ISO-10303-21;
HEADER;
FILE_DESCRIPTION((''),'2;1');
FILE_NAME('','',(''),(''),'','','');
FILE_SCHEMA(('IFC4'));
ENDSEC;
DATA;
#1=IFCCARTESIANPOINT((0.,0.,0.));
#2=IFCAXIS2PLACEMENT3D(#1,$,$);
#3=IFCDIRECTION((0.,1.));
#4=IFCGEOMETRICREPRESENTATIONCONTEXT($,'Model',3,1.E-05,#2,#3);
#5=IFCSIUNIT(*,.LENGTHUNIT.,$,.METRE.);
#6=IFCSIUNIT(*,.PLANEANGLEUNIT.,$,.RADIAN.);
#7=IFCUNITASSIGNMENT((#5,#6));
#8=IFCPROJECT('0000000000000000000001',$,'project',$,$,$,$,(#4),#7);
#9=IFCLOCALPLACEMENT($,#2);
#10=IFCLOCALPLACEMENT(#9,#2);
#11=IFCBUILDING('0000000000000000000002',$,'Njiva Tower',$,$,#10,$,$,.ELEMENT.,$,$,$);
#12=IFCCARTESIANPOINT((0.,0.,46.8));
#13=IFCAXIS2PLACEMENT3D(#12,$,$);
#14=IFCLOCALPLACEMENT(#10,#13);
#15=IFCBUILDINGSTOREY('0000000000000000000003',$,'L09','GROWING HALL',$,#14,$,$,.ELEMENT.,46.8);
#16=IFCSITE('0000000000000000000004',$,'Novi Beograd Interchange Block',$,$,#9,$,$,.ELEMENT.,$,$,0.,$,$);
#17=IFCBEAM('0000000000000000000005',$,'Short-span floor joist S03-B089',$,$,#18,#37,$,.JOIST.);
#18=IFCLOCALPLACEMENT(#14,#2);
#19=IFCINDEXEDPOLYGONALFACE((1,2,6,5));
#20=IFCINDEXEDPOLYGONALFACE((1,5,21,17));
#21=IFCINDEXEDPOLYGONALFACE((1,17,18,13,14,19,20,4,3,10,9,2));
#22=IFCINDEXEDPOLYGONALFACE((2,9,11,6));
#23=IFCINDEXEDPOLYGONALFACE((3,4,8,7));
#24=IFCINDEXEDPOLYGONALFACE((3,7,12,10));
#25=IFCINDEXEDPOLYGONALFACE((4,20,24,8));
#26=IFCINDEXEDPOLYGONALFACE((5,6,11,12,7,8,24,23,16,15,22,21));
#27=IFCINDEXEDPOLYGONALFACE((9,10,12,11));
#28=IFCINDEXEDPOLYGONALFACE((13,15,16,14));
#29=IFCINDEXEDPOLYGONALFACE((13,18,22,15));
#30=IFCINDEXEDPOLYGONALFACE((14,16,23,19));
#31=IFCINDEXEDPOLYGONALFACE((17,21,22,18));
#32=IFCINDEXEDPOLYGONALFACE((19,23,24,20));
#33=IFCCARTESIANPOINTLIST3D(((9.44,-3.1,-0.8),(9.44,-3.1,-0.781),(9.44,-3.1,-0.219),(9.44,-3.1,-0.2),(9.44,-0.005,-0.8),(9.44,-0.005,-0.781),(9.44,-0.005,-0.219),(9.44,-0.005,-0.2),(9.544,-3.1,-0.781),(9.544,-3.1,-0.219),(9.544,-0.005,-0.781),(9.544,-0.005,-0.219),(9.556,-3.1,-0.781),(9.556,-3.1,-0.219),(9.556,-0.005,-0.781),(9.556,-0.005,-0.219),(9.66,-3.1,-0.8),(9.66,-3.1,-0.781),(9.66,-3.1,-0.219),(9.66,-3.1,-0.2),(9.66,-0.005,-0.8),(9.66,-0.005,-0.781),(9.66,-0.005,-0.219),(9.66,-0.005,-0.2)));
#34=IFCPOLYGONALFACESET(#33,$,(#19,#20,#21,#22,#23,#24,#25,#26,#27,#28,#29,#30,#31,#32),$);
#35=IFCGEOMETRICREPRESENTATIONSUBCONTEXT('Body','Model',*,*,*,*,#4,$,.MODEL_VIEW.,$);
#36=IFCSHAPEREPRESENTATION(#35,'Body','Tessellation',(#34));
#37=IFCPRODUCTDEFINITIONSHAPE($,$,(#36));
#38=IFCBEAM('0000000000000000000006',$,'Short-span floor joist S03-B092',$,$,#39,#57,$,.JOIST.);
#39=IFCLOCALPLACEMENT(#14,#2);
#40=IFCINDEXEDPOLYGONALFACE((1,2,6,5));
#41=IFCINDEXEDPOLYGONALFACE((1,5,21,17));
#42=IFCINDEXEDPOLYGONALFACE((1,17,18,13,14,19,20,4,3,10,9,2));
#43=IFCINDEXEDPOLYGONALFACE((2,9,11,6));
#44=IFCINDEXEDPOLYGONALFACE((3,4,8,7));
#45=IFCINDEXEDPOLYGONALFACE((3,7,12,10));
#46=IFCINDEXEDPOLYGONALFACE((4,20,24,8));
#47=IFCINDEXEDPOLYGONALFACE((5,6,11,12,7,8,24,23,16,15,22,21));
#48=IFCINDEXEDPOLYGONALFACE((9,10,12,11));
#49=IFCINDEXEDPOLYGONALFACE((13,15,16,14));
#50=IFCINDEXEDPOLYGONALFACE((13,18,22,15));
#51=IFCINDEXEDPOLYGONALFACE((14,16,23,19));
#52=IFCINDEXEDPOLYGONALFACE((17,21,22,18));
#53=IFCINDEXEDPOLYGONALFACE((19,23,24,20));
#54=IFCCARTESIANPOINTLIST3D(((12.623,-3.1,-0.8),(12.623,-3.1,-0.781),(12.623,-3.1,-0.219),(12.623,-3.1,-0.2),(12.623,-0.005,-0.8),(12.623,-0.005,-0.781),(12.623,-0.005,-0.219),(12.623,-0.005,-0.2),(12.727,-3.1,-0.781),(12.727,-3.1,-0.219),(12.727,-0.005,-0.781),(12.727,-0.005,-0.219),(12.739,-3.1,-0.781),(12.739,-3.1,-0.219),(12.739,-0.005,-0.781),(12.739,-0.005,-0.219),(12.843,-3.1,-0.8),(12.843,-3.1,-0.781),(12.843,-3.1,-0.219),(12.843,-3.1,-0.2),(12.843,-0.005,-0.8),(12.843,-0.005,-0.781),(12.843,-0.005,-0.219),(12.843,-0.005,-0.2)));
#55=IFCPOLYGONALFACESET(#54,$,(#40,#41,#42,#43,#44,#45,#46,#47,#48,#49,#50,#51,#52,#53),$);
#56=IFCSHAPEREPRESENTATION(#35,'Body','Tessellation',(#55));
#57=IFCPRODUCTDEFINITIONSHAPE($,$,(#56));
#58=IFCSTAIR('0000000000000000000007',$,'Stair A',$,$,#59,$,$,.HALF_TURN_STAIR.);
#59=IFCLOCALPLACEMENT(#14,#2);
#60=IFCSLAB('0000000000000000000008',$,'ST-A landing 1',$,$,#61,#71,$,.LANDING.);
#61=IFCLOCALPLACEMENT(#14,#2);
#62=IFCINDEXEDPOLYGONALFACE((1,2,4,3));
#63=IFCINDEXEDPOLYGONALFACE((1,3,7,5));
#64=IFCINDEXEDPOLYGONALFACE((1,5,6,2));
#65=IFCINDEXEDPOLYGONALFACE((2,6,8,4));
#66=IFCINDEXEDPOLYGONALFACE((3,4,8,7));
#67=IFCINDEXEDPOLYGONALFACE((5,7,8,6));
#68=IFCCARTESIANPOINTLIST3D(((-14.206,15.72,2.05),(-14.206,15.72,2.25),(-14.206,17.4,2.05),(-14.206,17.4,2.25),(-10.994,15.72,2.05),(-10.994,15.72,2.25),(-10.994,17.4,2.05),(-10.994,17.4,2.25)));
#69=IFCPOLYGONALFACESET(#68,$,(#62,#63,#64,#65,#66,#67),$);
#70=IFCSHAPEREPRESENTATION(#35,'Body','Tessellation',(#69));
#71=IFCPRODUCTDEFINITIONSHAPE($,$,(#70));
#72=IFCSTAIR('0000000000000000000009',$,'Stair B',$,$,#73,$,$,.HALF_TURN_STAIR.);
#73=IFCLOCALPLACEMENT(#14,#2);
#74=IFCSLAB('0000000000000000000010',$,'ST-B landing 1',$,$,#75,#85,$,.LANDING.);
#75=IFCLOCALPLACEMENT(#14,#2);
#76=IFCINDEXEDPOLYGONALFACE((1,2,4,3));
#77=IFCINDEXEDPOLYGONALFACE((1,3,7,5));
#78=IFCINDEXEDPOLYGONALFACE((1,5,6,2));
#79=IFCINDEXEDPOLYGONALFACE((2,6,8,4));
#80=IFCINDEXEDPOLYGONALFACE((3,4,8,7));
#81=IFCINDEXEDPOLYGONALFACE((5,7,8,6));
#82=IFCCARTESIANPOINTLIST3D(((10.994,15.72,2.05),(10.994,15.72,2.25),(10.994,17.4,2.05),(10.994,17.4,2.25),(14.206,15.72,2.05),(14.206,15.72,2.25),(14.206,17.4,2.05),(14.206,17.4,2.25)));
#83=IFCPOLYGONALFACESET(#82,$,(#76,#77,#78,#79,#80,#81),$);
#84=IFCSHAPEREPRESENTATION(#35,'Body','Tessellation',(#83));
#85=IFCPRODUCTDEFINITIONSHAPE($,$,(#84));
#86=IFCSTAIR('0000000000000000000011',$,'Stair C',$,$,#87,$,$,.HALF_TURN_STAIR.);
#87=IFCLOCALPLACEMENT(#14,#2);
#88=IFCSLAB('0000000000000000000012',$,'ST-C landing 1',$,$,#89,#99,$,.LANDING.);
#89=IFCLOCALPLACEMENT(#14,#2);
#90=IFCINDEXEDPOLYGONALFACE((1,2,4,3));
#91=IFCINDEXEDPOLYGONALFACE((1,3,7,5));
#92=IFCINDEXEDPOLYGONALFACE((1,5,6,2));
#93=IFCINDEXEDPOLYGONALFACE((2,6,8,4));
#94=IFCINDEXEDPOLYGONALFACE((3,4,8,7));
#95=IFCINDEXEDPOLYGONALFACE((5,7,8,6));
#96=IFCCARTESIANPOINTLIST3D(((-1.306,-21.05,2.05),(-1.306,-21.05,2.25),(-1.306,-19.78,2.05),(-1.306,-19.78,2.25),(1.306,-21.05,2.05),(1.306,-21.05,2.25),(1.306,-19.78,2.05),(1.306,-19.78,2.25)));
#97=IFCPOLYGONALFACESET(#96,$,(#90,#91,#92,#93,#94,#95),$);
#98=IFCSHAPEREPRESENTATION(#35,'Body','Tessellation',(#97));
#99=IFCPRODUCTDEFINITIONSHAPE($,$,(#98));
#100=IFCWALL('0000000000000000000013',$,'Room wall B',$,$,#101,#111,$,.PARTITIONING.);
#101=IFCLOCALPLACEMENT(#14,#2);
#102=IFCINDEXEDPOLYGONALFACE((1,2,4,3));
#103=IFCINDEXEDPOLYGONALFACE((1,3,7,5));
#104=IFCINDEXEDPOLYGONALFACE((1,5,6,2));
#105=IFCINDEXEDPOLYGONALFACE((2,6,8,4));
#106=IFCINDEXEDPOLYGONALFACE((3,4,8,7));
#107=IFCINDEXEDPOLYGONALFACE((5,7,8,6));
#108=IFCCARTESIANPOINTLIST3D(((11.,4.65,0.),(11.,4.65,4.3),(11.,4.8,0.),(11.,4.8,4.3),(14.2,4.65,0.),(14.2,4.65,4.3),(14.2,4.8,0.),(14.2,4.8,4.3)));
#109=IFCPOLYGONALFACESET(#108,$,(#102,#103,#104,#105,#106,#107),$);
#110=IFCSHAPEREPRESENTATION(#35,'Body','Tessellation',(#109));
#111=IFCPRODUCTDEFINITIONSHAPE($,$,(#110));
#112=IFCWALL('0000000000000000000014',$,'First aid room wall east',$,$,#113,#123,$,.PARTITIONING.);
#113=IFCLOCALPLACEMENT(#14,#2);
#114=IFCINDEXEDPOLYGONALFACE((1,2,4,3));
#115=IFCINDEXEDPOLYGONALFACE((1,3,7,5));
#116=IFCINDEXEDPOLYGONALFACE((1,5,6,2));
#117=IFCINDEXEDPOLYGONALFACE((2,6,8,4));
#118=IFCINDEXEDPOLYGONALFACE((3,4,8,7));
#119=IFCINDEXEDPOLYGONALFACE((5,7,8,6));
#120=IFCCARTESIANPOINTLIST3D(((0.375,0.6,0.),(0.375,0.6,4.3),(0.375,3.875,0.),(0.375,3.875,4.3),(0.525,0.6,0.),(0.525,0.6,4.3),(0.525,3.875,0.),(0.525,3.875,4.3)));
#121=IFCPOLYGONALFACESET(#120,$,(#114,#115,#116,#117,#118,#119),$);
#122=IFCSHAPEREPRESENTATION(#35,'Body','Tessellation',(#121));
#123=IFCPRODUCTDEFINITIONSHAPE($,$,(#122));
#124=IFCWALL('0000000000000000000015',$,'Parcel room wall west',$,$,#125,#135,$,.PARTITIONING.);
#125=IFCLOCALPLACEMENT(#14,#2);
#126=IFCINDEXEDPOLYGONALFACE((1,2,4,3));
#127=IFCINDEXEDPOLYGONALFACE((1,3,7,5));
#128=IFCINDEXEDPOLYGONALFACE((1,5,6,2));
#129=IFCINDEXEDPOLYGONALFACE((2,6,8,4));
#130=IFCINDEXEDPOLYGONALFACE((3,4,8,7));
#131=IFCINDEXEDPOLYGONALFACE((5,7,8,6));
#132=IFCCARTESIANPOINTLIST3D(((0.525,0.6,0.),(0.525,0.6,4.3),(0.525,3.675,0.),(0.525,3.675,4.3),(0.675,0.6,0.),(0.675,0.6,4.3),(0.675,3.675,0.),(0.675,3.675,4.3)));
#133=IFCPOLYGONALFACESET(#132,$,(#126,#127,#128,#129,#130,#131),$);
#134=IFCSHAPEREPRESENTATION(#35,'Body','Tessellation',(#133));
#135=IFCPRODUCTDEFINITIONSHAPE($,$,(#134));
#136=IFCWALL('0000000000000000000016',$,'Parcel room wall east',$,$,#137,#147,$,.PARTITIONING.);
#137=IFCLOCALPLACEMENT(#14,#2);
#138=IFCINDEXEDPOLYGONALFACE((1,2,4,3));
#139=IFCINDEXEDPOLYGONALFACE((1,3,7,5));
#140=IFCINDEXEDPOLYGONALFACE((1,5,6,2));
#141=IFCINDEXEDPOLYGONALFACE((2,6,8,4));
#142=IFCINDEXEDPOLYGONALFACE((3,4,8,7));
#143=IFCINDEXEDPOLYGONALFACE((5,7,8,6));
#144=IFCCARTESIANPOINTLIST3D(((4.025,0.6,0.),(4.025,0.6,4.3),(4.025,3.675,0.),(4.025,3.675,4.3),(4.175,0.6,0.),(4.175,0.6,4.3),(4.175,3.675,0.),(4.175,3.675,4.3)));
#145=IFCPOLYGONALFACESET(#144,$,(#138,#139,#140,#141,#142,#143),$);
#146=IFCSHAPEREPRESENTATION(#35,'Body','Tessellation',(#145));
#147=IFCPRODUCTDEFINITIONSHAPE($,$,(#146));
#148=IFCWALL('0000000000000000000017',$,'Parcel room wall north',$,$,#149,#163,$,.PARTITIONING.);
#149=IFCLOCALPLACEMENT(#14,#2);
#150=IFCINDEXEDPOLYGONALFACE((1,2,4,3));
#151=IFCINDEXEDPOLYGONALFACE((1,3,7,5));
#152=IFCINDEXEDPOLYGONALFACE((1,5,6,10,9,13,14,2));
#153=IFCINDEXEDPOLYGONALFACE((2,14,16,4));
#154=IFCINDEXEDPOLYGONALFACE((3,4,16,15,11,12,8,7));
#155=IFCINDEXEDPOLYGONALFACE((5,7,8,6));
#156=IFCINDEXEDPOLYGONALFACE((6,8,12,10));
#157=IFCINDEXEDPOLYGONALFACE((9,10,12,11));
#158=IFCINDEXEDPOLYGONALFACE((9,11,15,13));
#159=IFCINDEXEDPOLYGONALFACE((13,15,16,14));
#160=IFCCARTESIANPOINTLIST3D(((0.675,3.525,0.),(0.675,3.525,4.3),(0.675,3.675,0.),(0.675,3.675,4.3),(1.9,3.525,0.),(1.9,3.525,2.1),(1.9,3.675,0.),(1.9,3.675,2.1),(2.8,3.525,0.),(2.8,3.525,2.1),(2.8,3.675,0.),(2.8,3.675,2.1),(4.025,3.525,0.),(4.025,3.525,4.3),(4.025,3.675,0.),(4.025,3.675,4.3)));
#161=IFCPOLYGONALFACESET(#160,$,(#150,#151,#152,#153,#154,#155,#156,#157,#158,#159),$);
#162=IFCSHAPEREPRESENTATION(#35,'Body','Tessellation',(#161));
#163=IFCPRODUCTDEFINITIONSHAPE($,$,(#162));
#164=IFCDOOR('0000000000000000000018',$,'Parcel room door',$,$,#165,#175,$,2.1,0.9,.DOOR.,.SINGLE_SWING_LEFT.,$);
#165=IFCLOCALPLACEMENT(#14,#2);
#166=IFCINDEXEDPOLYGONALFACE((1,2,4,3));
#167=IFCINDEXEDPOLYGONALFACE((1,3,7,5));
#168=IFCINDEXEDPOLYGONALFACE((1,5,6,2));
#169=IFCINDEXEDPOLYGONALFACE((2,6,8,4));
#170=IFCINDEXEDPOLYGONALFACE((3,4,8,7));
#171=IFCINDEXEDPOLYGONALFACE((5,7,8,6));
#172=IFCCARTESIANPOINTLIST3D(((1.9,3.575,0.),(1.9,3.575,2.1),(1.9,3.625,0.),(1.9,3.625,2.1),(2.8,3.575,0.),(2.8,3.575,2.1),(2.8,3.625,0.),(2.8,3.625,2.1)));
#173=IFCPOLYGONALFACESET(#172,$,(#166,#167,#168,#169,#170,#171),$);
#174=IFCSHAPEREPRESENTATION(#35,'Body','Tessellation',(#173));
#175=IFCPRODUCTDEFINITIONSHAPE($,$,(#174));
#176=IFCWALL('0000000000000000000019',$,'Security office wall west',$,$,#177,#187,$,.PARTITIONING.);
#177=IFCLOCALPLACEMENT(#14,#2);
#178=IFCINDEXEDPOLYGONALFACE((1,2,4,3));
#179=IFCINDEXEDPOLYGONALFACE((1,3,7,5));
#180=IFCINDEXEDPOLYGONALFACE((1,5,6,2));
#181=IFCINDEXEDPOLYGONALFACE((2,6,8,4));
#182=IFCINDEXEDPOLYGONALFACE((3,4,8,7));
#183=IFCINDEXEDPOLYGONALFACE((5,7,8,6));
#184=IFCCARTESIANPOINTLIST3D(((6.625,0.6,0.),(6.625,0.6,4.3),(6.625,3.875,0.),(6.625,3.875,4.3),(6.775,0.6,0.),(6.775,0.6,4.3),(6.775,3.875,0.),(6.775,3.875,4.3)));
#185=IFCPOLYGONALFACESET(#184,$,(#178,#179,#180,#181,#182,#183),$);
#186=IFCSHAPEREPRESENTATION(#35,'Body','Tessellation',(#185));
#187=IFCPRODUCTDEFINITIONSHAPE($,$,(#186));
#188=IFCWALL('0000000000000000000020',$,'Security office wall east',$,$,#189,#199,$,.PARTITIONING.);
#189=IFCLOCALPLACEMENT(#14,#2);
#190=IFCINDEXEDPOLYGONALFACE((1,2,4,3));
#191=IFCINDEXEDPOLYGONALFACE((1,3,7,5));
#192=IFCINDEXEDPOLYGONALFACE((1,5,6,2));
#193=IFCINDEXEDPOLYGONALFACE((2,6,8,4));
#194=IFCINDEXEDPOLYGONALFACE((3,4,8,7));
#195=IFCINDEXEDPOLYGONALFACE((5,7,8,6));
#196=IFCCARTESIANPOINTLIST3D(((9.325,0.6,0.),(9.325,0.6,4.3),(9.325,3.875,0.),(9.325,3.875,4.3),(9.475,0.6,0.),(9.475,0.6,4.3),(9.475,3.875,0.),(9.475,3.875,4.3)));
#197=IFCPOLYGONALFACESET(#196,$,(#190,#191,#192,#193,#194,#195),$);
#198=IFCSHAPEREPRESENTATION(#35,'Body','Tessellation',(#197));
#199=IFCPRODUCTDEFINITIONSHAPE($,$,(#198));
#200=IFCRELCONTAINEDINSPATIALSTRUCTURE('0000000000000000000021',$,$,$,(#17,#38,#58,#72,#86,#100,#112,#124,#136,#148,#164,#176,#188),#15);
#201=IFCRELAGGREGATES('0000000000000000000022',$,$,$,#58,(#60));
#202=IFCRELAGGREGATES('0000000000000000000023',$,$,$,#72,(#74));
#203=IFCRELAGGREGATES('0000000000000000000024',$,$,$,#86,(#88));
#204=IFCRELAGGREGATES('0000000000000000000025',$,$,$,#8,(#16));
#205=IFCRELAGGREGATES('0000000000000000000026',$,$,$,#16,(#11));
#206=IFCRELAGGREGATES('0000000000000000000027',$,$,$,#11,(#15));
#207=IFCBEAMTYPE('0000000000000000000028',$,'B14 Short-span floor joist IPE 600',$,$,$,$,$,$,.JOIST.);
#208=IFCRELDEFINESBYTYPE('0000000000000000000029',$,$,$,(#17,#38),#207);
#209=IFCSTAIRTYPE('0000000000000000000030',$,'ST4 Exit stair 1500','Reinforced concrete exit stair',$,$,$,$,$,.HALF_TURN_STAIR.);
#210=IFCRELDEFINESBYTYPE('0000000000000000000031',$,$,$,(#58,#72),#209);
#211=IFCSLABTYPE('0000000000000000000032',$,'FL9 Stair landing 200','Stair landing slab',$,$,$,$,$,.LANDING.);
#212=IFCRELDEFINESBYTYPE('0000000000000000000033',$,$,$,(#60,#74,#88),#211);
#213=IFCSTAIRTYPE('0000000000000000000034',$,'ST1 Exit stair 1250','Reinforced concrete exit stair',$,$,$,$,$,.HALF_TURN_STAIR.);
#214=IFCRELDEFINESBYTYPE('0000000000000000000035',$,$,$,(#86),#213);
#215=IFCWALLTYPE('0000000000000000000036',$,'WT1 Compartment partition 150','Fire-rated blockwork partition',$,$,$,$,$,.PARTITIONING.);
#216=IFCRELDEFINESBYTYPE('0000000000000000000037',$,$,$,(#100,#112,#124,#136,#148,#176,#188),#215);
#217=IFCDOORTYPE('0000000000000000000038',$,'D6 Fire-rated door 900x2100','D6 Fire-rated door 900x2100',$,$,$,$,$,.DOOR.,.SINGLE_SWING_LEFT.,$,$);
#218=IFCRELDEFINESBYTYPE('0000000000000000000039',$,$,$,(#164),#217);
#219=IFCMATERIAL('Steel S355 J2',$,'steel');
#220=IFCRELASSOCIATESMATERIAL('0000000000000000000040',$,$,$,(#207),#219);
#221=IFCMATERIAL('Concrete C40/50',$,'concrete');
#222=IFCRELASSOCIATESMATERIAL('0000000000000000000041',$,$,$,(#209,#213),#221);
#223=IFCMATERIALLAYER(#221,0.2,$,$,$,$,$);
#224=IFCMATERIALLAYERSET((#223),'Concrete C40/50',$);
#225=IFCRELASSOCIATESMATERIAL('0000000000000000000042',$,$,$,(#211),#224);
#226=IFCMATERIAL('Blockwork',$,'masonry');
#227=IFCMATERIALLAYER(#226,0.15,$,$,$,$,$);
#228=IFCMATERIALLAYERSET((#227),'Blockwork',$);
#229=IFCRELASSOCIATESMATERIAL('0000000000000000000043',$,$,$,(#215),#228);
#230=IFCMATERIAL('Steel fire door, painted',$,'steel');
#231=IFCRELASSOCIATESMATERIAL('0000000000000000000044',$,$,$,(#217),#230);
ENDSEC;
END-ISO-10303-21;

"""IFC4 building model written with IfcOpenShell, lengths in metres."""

from ifc_helpers import new_model, si_unit, direction, frame, frame_2d, origin, origin_2d, place, context, subcontext, project, spatial, polyline, rectangle, i_section, outline, extrude, material, layer, layer_set, material_profile, profile_set, type_object, element, fill, aggregate, save


model = new_model("IFC4")

# Units and contexts
model_context = context("Model", 3, precision=1e-05, world=origin(), true_north=direction((0.0, 1.0)))
body_context = subcontext(model_context, "Body", "Model", "MODEL_VIEW")
ifc_project = project(units=[si_unit("LENGTHUNIT", "METRE"), si_unit("PLANEANGLEUNIT", "RADIAN")], contexts=[model_context])

# Site, building, storey
site_placement = place(None, origin())
site = spatial("IfcSite", under=ifc_project, at=site_placement, Name="Novi Beograd Interchange Block", CompositionType="ELEMENT", RefElevation=0.0)
building_placement = place(site_placement, origin())
building = spatial("IfcBuilding", under=site, at=building_placement, Name="Njiva Tower", CompositionType="ELEMENT")
storey_placement = place(building_placement, frame((0.0, 0.0, 46.8)))
storey = spatial("IfcBuildingStorey", under=building, at=storey_placement, Name="L09", Description="GROWING HALL", CompositionType="ELEMENT", Elevation=46.8)

# Beams
ifc_material_1 = material(Name="Steel S355 J2", Category="steel")
ifc_material_profile = material_profile(ifc_material_1, i_section(OverallWidth=0.22, OverallDepth=0.6, WebThickness=0.012, FlangeThickness=0.019, at=origin_2d()), Name="IPE 600")
ifc_profile_set = profile_set([ifc_material_profile], Name="Steel S355 J2")
beam_type = type_object("IfcBeamType", Name="B14 Short-span floor joist IPE 600", PredefinedType="JOIST", material=ifc_profile_set)
for number, where, z_axis, x_axis, name in (
    (1, (9.55, -0.005, -0.5), (0.0, -1.0, 0.0), (1.0, 0.0, 0.0), "Short-span floor joist S03-B089"),
    (2, (12.733, -0.005, -0.5), (0.0, -1.0, 0.0), (1.0, 0.0, 0.0), "Short-span floor joist S03-B092"),
):
    element("IfcBeam", number, at=place(storey_placement, frame(where, z_axis=z_axis, x_axis=x_axis)), inside=storey, type_object=beam_type, Name=name, PredefinedType="JOIST", context=body_context, shape_type="SweptSolid", body=[
        extrude(i_section(OverallWidth=0.22, OverallDepth=0.6, WebThickness=0.012, FlangeThickness=0.019, at=origin_2d()), origin(), (0.0, 0.0, 1.0), 3.095),
    ])

# Stairs, slabs
ifc_material_2 = material(Name="Concrete C40/50", Category="concrete")
stair_type_1 = type_object("IfcStairType", Name="ST4 Exit stair 1500", Description="Reinforced concrete exit stair", PredefinedType="HALF_TURN_STAIR", material=ifc_material_2)
stair_1_placement = place(storey_placement, origin())
stair_1 = element("IfcStair", 3, at=stair_1_placement, inside=storey, type_object=stair_type_1, Name="Stair A", PredefinedType="HALF_TURN_STAIR")
ifc_layer_1 = layer(ifc_material_2, 0.2)
ifc_layer_set_1 = layer_set([ifc_layer_1], Name="Concrete C40/50")
slab_type = type_object("IfcSlabType", Name="FL9 Stair landing 200", Description="Stair landing slab", PredefinedType="LANDING", material=ifc_layer_set_1)
slab_1_placement = place(storey_placement, frame((0.0, 0.0, 2.05)))
slab_1 = element("IfcSlab", 4, at=slab_1_placement, type_object=slab_type, Name="ST-A landing 1", PredefinedType="LANDING", context=body_context, shape_type="SweptSolid", body=[
    extrude(outline(polyline([(-14.206, 15.72), (-10.994, 15.72), (-10.994, 17.4), (-14.206, 17.4), (-14.206, 15.72)])), origin(), (0.0, 0.0, 1.0), 0.2),
])
aggregate(stair_1, [slab_1])
stair_2_placement = place(storey_placement, origin())
stair_2 = element("IfcStair", 5, at=stair_2_placement, inside=storey, type_object=stair_type_1, Name="Stair B", PredefinedType="HALF_TURN_STAIR")
slab_2_placement = place(storey_placement, frame((0.0, 0.0, 2.05)))
slab_2 = element("IfcSlab", 6, at=slab_2_placement, type_object=slab_type, Name="ST-B landing 1", PredefinedType="LANDING", context=body_context, shape_type="SweptSolid", body=[
    extrude(outline(polyline([(10.994, 15.72), (14.206, 15.72), (14.206, 17.4), (10.994, 17.4), (10.994, 15.72)])), origin(), (0.0, 0.0, 1.0), 0.2),
])
aggregate(stair_2, [slab_2])
stair_type_2 = type_object("IfcStairType", Name="ST1 Exit stair 1250", Description="Reinforced concrete exit stair", PredefinedType="HALF_TURN_STAIR", material=ifc_material_2)
stair_3_placement = place(storey_placement, origin())
stair_3 = element("IfcStair", 7, at=stair_3_placement, inside=storey, type_object=stair_type_2, Name="Stair C", PredefinedType="HALF_TURN_STAIR")
slab_3_placement = place(storey_placement, frame((0.0, 0.0, 2.05)))
slab_3 = element("IfcSlab", 8, at=slab_3_placement, type_object=slab_type, Name="ST-C landing 1", PredefinedType="LANDING", context=body_context, shape_type="SweptSolid", body=[
    extrude(outline(polyline([(-1.306, -21.05), (1.306, -21.05), (1.306, -19.78), (-1.306, -19.78), (-1.306, -21.05)])), origin(), (0.0, 0.0, 1.0), 0.2),
])
aggregate(stair_3, [slab_3])

# Walls
ifc_material_3 = material(Name="Blockwork", Category="masonry")
ifc_layer_2 = layer(ifc_material_3, 0.15)
ifc_layer_set_2 = layer_set([ifc_layer_2], Name="Blockwork")
wall_type_1 = type_object("IfcWallType", Name="WT1 Compartment partition 150", Description="Fire-rated blockwork partition", PredefinedType="PARTITIONING", material=ifc_layer_set_2)
wall_1_placement = place(storey_placement, frame((11.0, 4.725, 0.0), z_axis=(0.0, 0.0, 1.0), x_axis=(1.0, 0.0, 0.0)))
element("IfcWall", 9, at=wall_1_placement, inside=storey, type_object=wall_type_1, Name="Room wall B", PredefinedType="PARTITIONING", context=body_context, shape_type="SweptSolid", body=[
    extrude(rectangle(XDim=3.2, YDim=0.15, at=frame_2d((1.6, 0.0))), origin(), (0.0, 0.0, 1.0), 4.3),
])
wall_2_placement = place(storey_placement, frame((0.45, 0.6, 0.0), z_axis=(0.0, 0.0, 1.0), x_axis=(0.0, 1.0, 0.0)))
element("IfcWall", 10, at=wall_2_placement, inside=storey, type_object=wall_type_1, Name="First aid room wall east", PredefinedType="PARTITIONING", context=body_context, shape_type="SweptSolid", body=[
    extrude(rectangle(XDim=3.275, YDim=0.15, at=frame_2d((1.6375, 0.0))), origin(), (0.0, 0.0, 1.0), 4.3),
])
for number, where, z_axis, x_axis, name in (
    (11, (0.6, 0.6, 0.0), (0.0, 0.0, 1.0), (0.0, 1.0, 0.0), "Parcel room wall west"),
    (12, (4.1, 0.6, 0.0), (0.0, 0.0, 1.0), (0.0, 1.0, 0.0), "Parcel room wall east"),
):
    element("IfcWall", number, at=place(storey_placement, frame(where, z_axis=z_axis, x_axis=x_axis)), inside=storey, type_object=wall_type_1, Name=name, PredefinedType="PARTITIONING", context=body_context, shape_type="SweptSolid", body=[
        extrude(rectangle(XDim=3.075, YDim=0.15, at=frame_2d((1.5375, 0.0))), origin(), (0.0, 0.0, 1.0), 4.3),
    ])

# Wall, opening, door
wall_3_placement = place(storey_placement, frame((0.675, 3.6, 0.0), z_axis=(0.0, 0.0, 1.0), x_axis=(1.0, 0.0, 0.0)))
wall_3 = element("IfcWall", 13, at=wall_3_placement, inside=storey, type_object=wall_type_1, Name="Parcel room wall north", PredefinedType="PARTITIONING", context=body_context, shape_type="SweptSolid", body=[
    extrude(rectangle(XDim=3.35, YDim=0.15, at=frame_2d((1.675, 0.0))), origin(), (0.0, 0.0, 1.0), 4.3),
])
opening_1_placement = place(wall_3_placement, frame((1.225, 0.0, 0.0)))
opening_1 = element("IfcOpeningElement", 14, at=opening_1_placement, cuts=wall_3, PredefinedType="OPENING", context=body_context, shape_type="SweptSolid", body=[
    extrude(rectangle(XDim=0.9, YDim=2.1, at=frame_2d((0.45, 1.05))), frame((0.0, 0.085, 0.0), z_axis=(0.0, -1.0, 0.0), x_axis=(1.0, 0.0, 0.0)), (0.0, 0.0, 1.0), 0.17),
])
ifc_material_4 = material(Name="Steel fire door, painted", Category="steel")
door_type_1 = type_object("IfcDoorType", Name="D6 Fire-rated door 900x2100", Description="D6 Fire-rated door 900x2100", OperationType="SINGLE_SWING_LEFT", PredefinedType="DOOR", material=ifc_material_4)
door_1_placement = place(opening_1_placement, origin())
door_1 = element("IfcDoor", 15, at=door_1_placement, inside=storey, type_object=door_type_1, Name="Parcel room door", OperationType="SINGLE_SWING_LEFT", OverallHeight=2.1, OverallWidth=0.9, PredefinedType="DOOR", context=body_context, shape_type="SweptSolid", body=[
    extrude(rectangle(XDim=0.9, YDim=2.1, at=frame_2d((0.45, 1.05))), frame((0.0, 0.025, 0.0), z_axis=(0.0, -1.0, 0.0), x_axis=(1.0, 0.0, 0.0)), (0.0, 0.0, 1.0), 0.05),
])
fill(opening_1, door_1)

# Walls
for number, where, z_axis, x_axis, name in (
    (16, (6.7, 0.6, 0.0), (0.0, 0.0, 1.0), (0.0, 1.0, 0.0), "Security office wall west"),
    (17, (9.4, 0.6, 0.0), (0.0, 0.0, 1.0), (0.0, 1.0, 0.0), "Security office wall east"),
):
    element("IfcWall", number, at=place(storey_placement, frame(where, z_axis=z_axis, x_axis=x_axis)), inside=storey, type_object=wall_type_1, Name=name, PredefinedType="PARTITIONING", context=body_context, shape_type="SweptSolid", body=[
        extrude(rectangle(XDim=3.275, YDim=0.15, at=frame_2d((1.6375, 0.0))), origin(), (0.0, 0.0, 1.0), 4.3),
    ])

save(model, "model.ifc")
